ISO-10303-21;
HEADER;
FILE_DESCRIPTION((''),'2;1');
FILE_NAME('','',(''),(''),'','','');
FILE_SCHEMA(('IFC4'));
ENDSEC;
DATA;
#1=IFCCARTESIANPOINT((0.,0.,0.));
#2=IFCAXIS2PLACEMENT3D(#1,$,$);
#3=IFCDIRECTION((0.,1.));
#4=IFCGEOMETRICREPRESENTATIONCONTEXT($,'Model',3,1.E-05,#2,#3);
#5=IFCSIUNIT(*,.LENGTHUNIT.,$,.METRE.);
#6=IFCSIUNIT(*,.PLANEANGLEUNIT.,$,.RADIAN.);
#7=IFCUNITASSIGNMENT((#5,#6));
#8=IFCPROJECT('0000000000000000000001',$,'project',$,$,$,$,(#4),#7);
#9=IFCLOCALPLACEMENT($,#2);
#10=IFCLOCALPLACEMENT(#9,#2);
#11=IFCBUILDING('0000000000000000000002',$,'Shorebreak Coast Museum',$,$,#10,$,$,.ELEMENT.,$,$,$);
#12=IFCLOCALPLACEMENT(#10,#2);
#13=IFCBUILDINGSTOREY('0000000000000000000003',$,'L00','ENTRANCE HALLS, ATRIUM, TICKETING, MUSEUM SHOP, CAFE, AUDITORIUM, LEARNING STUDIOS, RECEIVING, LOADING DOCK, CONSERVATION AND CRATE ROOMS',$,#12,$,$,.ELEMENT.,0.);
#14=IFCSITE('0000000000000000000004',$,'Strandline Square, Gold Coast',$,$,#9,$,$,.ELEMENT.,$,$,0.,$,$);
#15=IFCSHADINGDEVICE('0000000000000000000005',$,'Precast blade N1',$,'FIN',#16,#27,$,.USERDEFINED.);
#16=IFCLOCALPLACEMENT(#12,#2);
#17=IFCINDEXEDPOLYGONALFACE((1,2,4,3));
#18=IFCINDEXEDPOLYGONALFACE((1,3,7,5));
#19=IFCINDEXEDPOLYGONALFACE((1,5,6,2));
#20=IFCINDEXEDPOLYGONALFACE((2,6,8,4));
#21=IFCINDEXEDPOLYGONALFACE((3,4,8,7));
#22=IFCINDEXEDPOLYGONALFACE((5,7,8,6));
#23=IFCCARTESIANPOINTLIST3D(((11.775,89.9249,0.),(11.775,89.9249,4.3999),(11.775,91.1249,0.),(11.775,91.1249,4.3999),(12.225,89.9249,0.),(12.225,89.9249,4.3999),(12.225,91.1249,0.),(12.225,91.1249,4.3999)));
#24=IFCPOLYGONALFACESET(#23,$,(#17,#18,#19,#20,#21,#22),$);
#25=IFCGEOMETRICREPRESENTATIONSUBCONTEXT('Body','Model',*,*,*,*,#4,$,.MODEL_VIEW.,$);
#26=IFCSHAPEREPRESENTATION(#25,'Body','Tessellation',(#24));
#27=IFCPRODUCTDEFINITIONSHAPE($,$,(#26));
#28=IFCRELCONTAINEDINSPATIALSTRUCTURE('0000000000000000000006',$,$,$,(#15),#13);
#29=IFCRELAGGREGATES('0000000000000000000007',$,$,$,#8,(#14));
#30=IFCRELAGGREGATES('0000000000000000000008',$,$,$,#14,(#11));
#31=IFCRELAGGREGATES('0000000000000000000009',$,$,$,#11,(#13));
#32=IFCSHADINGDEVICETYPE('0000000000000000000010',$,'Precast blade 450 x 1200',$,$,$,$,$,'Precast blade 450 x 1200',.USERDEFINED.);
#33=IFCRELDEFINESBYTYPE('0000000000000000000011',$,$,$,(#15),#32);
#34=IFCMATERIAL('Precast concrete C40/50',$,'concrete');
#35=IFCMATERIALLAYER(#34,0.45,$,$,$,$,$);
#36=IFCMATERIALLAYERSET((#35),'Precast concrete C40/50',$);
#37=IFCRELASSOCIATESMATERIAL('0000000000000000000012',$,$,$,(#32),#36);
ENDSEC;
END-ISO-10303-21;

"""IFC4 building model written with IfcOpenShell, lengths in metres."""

from ifc_helpers import new_model, si_unit, direction, frame, origin, origin_2d, place, context, subcontext, project, spatial, rectangle, extrude, material, layer, layer_set, type_object, element, save


model = new_model("IFC4")

# Units and contexts
model_context = context("Model", 3, precision=1e-05, world=origin(), true_north=direction((0.0, 1.0)))
body_context = subcontext(model_context, "Body", "Model", "MODEL_VIEW")
ifc_project = project(units=[si_unit("LENGTHUNIT", "METRE"), si_unit("PLANEANGLEUNIT", "RADIAN")], contexts=[model_context])

# Site, building, storey
site_placement = place(None, origin())
site = spatial("IfcSite", under=ifc_project, at=site_placement, Name="Strandline Square, Gold Coast", CompositionType="ELEMENT", RefElevation=0.0)
building_placement = place(site_placement, origin())
building = spatial("IfcBuilding", under=site, at=building_placement, Name="Shorebreak Coast Museum", CompositionType="ELEMENT")
storey_placement = place(building_placement, origin())
storey = spatial("IfcBuildingStorey", under=building, at=storey_placement, Name="L00", Description="ENTRANCE HALLS, ATRIUM, TICKETING, MUSEUM SHOP, CAFE, AUDITORIUM, LEARNING STUDIOS, RECEIVING, LOADING DOCK, CONSERVATION AND CRATE ROOMS", CompositionType="ELEMENT", Elevation=0.0)

# Shading device
ifc_material_1 = material(Name="Precast concrete C40/50", Category="concrete")
ifc_layer_1 = layer(ifc_material_1, 0.45)
ifc_layer_set_1 = layer_set([ifc_layer_1], Name="Precast concrete C40/50")
shading_device_type = type_object("IfcShadingDeviceType", Name="Precast blade 450 x 1200", ElementType="Precast blade 450 x 1200", PredefinedType="USERDEFINED", material=ifc_layer_set_1)
shading_device_placement = place(storey_placement, frame((12.0, 90.5249, 0.0), z_axis=(0.0, 0.0, 1.0), x_axis=(1.0, 0.0, 0.0)))
element("IfcShadingDevice", 1, at=shading_device_placement, inside=storey, type_object=shading_device_type, Name="Precast blade N1", ObjectType="FIN", PredefinedType="USERDEFINED", context=body_context, shape_type="SweptSolid", body=[
    extrude(rectangle(XDim=0.45, YDim=1.2, at=origin_2d()), origin(), (0.0, 0.0, 1.0), 4.3999),
])

save(model, "model.ifc")
